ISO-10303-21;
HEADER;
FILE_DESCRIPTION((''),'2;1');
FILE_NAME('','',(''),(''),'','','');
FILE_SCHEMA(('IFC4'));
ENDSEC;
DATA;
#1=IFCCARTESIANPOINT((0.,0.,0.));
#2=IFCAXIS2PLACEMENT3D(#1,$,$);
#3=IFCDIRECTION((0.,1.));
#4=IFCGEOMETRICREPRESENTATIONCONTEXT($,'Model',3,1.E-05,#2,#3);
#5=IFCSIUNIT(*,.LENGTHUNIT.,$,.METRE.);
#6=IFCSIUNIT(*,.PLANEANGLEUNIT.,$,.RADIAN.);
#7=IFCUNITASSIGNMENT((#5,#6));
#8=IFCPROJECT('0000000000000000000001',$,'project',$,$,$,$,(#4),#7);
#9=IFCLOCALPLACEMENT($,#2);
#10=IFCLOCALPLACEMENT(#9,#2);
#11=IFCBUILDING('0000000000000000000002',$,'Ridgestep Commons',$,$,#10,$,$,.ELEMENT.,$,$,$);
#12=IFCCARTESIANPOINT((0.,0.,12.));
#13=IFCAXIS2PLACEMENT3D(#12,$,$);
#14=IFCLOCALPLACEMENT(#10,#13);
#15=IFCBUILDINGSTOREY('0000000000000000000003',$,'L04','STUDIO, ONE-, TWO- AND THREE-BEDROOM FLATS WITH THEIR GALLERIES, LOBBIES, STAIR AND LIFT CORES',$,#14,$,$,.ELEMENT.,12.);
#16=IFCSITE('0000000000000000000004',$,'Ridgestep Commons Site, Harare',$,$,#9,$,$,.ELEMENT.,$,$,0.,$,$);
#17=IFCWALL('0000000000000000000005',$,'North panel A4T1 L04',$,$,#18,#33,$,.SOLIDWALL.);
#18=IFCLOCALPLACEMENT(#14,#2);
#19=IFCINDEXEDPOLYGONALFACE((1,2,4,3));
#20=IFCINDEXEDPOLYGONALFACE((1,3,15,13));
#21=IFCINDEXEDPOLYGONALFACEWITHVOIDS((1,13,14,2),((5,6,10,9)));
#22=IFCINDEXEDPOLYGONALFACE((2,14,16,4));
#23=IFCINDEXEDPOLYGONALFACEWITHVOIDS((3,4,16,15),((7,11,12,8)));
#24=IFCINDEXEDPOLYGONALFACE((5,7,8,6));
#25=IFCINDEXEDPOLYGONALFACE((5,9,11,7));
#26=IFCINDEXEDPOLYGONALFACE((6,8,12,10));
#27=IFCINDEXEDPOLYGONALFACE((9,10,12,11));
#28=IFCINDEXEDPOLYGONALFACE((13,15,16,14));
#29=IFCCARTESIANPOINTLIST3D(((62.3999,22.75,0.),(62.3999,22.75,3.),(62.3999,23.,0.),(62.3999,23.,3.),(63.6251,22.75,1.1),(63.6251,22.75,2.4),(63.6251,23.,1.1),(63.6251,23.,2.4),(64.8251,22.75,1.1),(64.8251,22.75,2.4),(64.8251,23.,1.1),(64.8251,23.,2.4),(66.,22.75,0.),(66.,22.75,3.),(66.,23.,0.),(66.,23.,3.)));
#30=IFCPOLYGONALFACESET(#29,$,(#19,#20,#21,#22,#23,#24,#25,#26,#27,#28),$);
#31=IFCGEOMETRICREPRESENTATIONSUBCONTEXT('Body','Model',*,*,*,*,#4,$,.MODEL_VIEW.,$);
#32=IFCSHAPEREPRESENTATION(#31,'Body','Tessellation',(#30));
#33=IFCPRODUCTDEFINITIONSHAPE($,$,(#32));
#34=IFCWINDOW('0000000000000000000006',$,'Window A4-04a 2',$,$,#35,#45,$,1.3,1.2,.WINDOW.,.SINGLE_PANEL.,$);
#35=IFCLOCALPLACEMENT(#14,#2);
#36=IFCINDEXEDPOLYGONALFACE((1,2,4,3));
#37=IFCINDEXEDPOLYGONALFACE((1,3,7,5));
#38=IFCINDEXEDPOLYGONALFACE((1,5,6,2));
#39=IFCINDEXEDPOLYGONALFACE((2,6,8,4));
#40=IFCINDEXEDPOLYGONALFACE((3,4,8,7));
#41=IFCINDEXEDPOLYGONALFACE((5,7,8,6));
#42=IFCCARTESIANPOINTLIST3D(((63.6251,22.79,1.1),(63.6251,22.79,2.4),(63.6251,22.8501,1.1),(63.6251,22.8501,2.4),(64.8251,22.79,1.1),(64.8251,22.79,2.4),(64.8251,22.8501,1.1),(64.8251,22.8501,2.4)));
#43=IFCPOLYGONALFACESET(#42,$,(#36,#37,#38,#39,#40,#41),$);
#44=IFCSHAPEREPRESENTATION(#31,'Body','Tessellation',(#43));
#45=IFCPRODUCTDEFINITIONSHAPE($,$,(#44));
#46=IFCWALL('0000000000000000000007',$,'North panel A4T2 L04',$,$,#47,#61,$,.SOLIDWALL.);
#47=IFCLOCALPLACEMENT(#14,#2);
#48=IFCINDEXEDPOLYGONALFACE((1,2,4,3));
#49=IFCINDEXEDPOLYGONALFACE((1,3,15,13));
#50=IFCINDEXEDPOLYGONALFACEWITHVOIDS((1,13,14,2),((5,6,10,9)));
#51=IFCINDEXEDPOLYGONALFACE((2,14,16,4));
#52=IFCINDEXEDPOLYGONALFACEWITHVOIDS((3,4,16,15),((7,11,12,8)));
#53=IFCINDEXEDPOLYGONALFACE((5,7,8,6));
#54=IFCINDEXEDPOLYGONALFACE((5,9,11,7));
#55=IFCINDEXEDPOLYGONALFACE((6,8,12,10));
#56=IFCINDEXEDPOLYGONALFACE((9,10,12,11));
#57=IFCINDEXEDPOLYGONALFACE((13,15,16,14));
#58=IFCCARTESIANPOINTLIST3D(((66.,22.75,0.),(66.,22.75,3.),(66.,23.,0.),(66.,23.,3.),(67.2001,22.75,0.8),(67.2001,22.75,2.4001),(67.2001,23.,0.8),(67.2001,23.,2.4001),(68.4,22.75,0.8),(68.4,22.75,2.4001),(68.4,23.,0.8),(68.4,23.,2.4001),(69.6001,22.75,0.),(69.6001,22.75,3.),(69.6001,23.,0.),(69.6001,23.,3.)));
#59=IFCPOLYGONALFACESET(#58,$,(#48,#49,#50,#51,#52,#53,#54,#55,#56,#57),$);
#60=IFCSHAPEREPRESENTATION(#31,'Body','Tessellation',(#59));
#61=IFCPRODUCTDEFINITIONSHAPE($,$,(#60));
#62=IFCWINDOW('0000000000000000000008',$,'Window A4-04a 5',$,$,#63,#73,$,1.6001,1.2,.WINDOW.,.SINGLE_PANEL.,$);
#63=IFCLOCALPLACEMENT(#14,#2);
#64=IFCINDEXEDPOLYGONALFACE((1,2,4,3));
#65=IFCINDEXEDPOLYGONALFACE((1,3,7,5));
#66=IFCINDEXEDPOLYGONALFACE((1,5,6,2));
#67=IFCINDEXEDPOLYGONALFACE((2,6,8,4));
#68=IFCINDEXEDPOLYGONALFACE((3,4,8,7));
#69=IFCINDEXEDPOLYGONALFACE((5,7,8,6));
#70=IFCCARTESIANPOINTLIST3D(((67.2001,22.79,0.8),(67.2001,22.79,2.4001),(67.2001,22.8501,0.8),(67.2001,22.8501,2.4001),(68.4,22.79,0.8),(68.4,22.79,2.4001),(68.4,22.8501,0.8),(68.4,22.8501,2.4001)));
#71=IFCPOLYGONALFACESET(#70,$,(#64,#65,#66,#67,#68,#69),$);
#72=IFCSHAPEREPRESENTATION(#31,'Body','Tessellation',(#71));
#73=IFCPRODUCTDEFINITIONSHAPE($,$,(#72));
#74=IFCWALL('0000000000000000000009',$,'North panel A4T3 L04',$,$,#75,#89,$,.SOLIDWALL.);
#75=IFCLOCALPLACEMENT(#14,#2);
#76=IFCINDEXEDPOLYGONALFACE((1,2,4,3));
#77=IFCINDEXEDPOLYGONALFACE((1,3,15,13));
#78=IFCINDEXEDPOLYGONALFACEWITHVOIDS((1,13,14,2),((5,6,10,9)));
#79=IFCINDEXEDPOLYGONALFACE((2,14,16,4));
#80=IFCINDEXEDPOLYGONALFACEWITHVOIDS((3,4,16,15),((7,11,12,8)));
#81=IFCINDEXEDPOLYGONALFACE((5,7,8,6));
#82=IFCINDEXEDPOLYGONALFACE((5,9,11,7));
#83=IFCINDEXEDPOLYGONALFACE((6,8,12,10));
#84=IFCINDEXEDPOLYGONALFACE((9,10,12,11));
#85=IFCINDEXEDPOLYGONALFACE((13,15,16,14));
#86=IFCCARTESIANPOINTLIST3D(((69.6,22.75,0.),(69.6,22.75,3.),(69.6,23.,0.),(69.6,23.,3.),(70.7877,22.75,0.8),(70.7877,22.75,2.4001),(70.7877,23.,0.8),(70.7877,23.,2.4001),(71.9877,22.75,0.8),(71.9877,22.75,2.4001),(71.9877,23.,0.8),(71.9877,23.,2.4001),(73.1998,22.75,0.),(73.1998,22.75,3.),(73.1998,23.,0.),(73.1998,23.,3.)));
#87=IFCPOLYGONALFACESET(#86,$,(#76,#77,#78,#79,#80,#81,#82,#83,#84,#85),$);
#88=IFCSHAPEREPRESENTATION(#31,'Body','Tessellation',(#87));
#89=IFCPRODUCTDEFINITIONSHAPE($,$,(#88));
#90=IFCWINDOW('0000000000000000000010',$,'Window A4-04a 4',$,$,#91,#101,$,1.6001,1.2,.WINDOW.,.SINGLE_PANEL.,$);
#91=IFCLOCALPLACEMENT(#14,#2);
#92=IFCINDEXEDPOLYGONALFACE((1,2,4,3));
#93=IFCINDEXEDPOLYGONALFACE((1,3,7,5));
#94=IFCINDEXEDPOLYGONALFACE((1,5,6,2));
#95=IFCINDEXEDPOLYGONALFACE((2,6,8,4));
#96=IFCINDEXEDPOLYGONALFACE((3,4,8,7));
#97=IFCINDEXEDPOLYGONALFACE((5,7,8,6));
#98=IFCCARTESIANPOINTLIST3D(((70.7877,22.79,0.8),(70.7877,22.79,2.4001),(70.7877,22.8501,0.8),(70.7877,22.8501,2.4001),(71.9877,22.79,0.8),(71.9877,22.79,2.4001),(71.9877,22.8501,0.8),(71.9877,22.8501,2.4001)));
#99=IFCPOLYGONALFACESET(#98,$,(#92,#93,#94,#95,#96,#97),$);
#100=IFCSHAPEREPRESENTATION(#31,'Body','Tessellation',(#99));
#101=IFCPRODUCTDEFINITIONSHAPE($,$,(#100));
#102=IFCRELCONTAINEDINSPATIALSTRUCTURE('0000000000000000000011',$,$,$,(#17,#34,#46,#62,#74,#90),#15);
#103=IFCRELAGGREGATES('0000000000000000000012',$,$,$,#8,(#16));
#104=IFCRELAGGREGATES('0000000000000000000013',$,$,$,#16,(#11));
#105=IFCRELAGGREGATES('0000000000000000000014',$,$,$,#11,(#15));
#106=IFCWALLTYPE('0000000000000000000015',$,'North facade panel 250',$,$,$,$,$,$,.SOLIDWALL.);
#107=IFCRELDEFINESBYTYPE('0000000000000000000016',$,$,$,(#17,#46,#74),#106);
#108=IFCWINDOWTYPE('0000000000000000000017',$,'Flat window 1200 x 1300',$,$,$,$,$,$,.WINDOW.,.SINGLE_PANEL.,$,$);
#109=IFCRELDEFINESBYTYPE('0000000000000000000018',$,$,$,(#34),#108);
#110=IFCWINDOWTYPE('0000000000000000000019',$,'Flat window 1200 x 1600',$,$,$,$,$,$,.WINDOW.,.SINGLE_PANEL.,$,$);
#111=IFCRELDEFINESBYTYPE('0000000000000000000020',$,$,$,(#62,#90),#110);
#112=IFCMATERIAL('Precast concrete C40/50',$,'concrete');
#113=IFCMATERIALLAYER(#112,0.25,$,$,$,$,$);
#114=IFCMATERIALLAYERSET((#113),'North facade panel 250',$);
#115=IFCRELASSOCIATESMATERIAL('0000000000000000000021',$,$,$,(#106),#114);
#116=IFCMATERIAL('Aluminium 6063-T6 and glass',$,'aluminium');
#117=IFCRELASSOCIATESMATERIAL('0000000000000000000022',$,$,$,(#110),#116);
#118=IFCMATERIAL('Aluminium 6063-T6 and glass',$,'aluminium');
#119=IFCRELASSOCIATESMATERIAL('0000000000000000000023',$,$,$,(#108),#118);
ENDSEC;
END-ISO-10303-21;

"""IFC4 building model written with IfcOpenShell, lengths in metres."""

from ifc_helpers import new_model, si_unit, direction, frame, frame_2d, origin, place, context, subcontext, project, spatial, rectangle, extrude, material, layer, layer_set, type_object, element, fill, save


model = new_model("IFC4")

# Units and contexts
model_context = context("Model", 3, precision=1e-05, world=origin(), true_north=direction((0.0, 1.0)))
body_context = subcontext(model_context, "Body", "Model", "MODEL_VIEW")
ifc_project = project(units=[si_unit("LENGTHUNIT", "METRE"), si_unit("PLANEANGLEUNIT", "RADIAN")], contexts=[model_context])

# Site, building, storey
site_placement = place(None, origin())
site = spatial("IfcSite", under=ifc_project, at=site_placement, Name="Ridgestep Commons Site, Harare", CompositionType="ELEMENT", RefElevation=0.0)
building_placement = place(site_placement, origin())
building = spatial("IfcBuilding", under=site, at=building_placement, Name="Ridgestep Commons", CompositionType="ELEMENT")
storey_placement = place(building_placement, frame((0.0, 0.0, 12.0)))
storey = spatial("IfcBuildingStorey", under=building, at=storey_placement, Name="L04", Description="STUDIO, ONE-, TWO- AND THREE-BEDROOM FLATS WITH THEIR GALLERIES, LOBBIES, STAIR AND LIFT CORES", CompositionType="ELEMENT", Elevation=12.0)

# Walls, openings, windows
ifc_material_1 = material(Name="Precast concrete C40/50", Category="concrete")
ifc_layer_1 = layer(ifc_material_1, 0.25)
ifc_layer_set_1 = layer_set([ifc_layer_1], Name="North facade panel 250")
wall_type_1 = type_object("IfcWallType", Name="North facade panel 250", PredefinedType="SOLIDWALL", material=ifc_layer_set_1)
ifc_material_2 = material(Name="Aluminium 6063-T6 and glass", Category="aluminium")
window_type_1 = type_object("IfcWindowType", Name="Flat window 1200 x 1600", PartitioningType="SINGLE_PANEL", PredefinedType="WINDOW", material=ifc_material_2)
wall_1_placement = place(storey_placement, frame((62.3999, 22.875, 0.0), z_axis=(0.0, 0.0, 1.0), x_axis=(1.0, 0.0, 0.0)))
wall_1 = element("IfcWall", 1, at=wall_1_placement, inside=storey, type_object=wall_type_1, Name="North panel A4T1 L04", PredefinedType="SOLIDWALL", context=body_context, shape_type="SweptSolid", body=[
    extrude(rectangle(XDim=3.6001, YDim=0.25, at=frame_2d((1.8, 0.0))), origin(), (0.0, 0.0, 1.0), 3.0),
])
opening_1_placement = place(wall_1_placement, frame((1.2251, 0.0, 1.1001)))
opening_1 = element("IfcOpeningElement", 2, at=opening_1_placement, cuts=wall_1, PredefinedType="OPENING", context=body_context, shape_type="SweptSolid", body=[
    extrude(rectangle(XDim=1.2, YDim=1.3, at=frame_2d((0.6001, 0.6499))), frame((0.0, 0.135, 0.0), z_axis=(0.0, -1.0, 0.0), x_axis=(1.0, 0.0, 0.0)), (0.0, 0.0, 1.0), 0.27),
])
ifc_material_3 = material(Name="Aluminium 6063-T6 and glass", Category="aluminium")
window_type_2 = type_object("IfcWindowType", Name="Flat window 1200 x 1300", PartitioningType="SINGLE_PANEL", PredefinedType="WINDOW", material=ifc_material_3)
window_1_placement = place(opening_1_placement, origin())
window_1 = element("IfcWindow", 3, at=window_1_placement, inside=storey, type_object=window_type_2, Name="Window A4-04a 2", OverallHeight=1.3, OverallWidth=1.2, PartitioningType="SINGLE_PANEL", PredefinedType="WINDOW", context=body_context, shape_type="SweptSolid", body=[
    extrude(rectangle(XDim=1.2, YDim=1.3, at=frame_2d((0.6001, 0.6499))), frame((0.0, -0.0249, 0.0), z_axis=(0.0, -1.0, 0.0), x_axis=(1.0, 0.0, 0.0)), (0.0, 0.0, 1.0), 0.0601),
])
fill(opening_1, window_1)
wall_2_placement = place(storey_placement, frame((66.0, 22.875, 0.0), z_axis=(0.0, 0.0, 1.0), x_axis=(1.0, 0.0, 0.0)))
wall_2 = element("IfcWall", 4, at=wall_2_placement, inside=storey, type_object=wall_type_1, Name="North panel A4T2 L04", PredefinedType="SOLIDWALL", context=body_context, shape_type="SweptSolid", body=[
    extrude(rectangle(XDim=3.6001, YDim=0.25, at=frame_2d((1.8, 0.0))), origin(), (0.0, 0.0, 1.0), 3.0),
])
opening_2_placement = place(wall_2_placement, frame((1.2, 0.0, 0.8)))
opening_2 = element("IfcOpeningElement", 5, at=opening_2_placement, cuts=wall_2, PredefinedType="OPENING", context=body_context, shape_type="SweptSolid", body=[
    extrude(rectangle(XDim=1.2, YDim=1.6001, at=frame_2d((0.6001, 0.8))), frame((0.0, 0.135, 0.0), z_axis=(0.0, -1.0, 0.0), x_axis=(1.0, 0.0, 0.0)), (0.0, 0.0, 1.0), 0.27),
])
window_2_placement = place(opening_2_placement, origin())
window_2 = element("IfcWindow", 6, at=window_2_placement, inside=storey, type_object=window_type_1, Name="Window A4-04a 5", OverallHeight=1.6001, OverallWidth=1.2, PartitioningType="SINGLE_PANEL", PredefinedType="WINDOW", context=body_context, shape_type="SweptSolid", body=[
    extrude(rectangle(XDim=1.2, YDim=1.6001, at=frame_2d((0.6001, 0.8))), frame((0.0, -0.0249, 0.0), z_axis=(0.0, -1.0, 0.0), x_axis=(1.0, 0.0, 0.0)), (0.0, 0.0, 1.0), 0.0601),
])
fill(opening_2, window_2)
wall_3_placement = place(storey_placement, frame((69.6001, 22.875, 0.0), z_axis=(0.0, 0.0, 1.0), x_axis=(1.0, 0.0, 0.0)))
wall_3 = element("IfcWall", 7, at=wall_3_placement, inside=storey, type_object=wall_type_1, Name="North panel A4T3 L04", PredefinedType="SOLIDWALL", context=body_context, shape_type="SweptSolid", body=[
    extrude(rectangle(XDim=3.5999, YDim=0.25, at=frame_2d((1.7998, 0.0))), origin(), (0.0, 0.0, 1.0), 3.0),
])
opening_3_placement = place(wall_3_placement, frame((1.1875, 0.0, 0.8)))
opening_3 = element("IfcOpeningElement", 8, at=opening_3_placement, cuts=wall_3, PredefinedType="OPENING", context=body_context, shape_type="SweptSolid", body=[
    extrude(rectangle(XDim=1.2, YDim=1.6001, at=frame_2d((0.6001, 0.8))), frame((0.0, 0.135, 0.0), z_axis=(0.0, -1.0, 0.0), x_axis=(1.0, 0.0, 0.0)), (0.0, 0.0, 1.0), 0.27),
])
window_3_placement = place(opening_3_placement, origin())
window_3 = element("IfcWindow", 9, at=window_3_placement, inside=storey, type_object=window_type_1, Name="Window A4-04a 4", OverallHeight=1.6001, OverallWidth=1.2, PartitioningType="SINGLE_PANEL", PredefinedType="WINDOW", context=body_context, shape_type="SweptSolid", body=[
    extrude(rectangle(XDim=1.2, YDim=1.6001, at=frame_2d((0.6001, 0.8))), frame((0.0, -0.0249, 0.0), z_axis=(0.0, -1.0, 0.0), x_axis=(1.0, 0.0, 0.0)), (0.0, 0.0, 1.0), 0.0601),
])
fill(opening_3, window_3)

save(model, "model.ifc")
